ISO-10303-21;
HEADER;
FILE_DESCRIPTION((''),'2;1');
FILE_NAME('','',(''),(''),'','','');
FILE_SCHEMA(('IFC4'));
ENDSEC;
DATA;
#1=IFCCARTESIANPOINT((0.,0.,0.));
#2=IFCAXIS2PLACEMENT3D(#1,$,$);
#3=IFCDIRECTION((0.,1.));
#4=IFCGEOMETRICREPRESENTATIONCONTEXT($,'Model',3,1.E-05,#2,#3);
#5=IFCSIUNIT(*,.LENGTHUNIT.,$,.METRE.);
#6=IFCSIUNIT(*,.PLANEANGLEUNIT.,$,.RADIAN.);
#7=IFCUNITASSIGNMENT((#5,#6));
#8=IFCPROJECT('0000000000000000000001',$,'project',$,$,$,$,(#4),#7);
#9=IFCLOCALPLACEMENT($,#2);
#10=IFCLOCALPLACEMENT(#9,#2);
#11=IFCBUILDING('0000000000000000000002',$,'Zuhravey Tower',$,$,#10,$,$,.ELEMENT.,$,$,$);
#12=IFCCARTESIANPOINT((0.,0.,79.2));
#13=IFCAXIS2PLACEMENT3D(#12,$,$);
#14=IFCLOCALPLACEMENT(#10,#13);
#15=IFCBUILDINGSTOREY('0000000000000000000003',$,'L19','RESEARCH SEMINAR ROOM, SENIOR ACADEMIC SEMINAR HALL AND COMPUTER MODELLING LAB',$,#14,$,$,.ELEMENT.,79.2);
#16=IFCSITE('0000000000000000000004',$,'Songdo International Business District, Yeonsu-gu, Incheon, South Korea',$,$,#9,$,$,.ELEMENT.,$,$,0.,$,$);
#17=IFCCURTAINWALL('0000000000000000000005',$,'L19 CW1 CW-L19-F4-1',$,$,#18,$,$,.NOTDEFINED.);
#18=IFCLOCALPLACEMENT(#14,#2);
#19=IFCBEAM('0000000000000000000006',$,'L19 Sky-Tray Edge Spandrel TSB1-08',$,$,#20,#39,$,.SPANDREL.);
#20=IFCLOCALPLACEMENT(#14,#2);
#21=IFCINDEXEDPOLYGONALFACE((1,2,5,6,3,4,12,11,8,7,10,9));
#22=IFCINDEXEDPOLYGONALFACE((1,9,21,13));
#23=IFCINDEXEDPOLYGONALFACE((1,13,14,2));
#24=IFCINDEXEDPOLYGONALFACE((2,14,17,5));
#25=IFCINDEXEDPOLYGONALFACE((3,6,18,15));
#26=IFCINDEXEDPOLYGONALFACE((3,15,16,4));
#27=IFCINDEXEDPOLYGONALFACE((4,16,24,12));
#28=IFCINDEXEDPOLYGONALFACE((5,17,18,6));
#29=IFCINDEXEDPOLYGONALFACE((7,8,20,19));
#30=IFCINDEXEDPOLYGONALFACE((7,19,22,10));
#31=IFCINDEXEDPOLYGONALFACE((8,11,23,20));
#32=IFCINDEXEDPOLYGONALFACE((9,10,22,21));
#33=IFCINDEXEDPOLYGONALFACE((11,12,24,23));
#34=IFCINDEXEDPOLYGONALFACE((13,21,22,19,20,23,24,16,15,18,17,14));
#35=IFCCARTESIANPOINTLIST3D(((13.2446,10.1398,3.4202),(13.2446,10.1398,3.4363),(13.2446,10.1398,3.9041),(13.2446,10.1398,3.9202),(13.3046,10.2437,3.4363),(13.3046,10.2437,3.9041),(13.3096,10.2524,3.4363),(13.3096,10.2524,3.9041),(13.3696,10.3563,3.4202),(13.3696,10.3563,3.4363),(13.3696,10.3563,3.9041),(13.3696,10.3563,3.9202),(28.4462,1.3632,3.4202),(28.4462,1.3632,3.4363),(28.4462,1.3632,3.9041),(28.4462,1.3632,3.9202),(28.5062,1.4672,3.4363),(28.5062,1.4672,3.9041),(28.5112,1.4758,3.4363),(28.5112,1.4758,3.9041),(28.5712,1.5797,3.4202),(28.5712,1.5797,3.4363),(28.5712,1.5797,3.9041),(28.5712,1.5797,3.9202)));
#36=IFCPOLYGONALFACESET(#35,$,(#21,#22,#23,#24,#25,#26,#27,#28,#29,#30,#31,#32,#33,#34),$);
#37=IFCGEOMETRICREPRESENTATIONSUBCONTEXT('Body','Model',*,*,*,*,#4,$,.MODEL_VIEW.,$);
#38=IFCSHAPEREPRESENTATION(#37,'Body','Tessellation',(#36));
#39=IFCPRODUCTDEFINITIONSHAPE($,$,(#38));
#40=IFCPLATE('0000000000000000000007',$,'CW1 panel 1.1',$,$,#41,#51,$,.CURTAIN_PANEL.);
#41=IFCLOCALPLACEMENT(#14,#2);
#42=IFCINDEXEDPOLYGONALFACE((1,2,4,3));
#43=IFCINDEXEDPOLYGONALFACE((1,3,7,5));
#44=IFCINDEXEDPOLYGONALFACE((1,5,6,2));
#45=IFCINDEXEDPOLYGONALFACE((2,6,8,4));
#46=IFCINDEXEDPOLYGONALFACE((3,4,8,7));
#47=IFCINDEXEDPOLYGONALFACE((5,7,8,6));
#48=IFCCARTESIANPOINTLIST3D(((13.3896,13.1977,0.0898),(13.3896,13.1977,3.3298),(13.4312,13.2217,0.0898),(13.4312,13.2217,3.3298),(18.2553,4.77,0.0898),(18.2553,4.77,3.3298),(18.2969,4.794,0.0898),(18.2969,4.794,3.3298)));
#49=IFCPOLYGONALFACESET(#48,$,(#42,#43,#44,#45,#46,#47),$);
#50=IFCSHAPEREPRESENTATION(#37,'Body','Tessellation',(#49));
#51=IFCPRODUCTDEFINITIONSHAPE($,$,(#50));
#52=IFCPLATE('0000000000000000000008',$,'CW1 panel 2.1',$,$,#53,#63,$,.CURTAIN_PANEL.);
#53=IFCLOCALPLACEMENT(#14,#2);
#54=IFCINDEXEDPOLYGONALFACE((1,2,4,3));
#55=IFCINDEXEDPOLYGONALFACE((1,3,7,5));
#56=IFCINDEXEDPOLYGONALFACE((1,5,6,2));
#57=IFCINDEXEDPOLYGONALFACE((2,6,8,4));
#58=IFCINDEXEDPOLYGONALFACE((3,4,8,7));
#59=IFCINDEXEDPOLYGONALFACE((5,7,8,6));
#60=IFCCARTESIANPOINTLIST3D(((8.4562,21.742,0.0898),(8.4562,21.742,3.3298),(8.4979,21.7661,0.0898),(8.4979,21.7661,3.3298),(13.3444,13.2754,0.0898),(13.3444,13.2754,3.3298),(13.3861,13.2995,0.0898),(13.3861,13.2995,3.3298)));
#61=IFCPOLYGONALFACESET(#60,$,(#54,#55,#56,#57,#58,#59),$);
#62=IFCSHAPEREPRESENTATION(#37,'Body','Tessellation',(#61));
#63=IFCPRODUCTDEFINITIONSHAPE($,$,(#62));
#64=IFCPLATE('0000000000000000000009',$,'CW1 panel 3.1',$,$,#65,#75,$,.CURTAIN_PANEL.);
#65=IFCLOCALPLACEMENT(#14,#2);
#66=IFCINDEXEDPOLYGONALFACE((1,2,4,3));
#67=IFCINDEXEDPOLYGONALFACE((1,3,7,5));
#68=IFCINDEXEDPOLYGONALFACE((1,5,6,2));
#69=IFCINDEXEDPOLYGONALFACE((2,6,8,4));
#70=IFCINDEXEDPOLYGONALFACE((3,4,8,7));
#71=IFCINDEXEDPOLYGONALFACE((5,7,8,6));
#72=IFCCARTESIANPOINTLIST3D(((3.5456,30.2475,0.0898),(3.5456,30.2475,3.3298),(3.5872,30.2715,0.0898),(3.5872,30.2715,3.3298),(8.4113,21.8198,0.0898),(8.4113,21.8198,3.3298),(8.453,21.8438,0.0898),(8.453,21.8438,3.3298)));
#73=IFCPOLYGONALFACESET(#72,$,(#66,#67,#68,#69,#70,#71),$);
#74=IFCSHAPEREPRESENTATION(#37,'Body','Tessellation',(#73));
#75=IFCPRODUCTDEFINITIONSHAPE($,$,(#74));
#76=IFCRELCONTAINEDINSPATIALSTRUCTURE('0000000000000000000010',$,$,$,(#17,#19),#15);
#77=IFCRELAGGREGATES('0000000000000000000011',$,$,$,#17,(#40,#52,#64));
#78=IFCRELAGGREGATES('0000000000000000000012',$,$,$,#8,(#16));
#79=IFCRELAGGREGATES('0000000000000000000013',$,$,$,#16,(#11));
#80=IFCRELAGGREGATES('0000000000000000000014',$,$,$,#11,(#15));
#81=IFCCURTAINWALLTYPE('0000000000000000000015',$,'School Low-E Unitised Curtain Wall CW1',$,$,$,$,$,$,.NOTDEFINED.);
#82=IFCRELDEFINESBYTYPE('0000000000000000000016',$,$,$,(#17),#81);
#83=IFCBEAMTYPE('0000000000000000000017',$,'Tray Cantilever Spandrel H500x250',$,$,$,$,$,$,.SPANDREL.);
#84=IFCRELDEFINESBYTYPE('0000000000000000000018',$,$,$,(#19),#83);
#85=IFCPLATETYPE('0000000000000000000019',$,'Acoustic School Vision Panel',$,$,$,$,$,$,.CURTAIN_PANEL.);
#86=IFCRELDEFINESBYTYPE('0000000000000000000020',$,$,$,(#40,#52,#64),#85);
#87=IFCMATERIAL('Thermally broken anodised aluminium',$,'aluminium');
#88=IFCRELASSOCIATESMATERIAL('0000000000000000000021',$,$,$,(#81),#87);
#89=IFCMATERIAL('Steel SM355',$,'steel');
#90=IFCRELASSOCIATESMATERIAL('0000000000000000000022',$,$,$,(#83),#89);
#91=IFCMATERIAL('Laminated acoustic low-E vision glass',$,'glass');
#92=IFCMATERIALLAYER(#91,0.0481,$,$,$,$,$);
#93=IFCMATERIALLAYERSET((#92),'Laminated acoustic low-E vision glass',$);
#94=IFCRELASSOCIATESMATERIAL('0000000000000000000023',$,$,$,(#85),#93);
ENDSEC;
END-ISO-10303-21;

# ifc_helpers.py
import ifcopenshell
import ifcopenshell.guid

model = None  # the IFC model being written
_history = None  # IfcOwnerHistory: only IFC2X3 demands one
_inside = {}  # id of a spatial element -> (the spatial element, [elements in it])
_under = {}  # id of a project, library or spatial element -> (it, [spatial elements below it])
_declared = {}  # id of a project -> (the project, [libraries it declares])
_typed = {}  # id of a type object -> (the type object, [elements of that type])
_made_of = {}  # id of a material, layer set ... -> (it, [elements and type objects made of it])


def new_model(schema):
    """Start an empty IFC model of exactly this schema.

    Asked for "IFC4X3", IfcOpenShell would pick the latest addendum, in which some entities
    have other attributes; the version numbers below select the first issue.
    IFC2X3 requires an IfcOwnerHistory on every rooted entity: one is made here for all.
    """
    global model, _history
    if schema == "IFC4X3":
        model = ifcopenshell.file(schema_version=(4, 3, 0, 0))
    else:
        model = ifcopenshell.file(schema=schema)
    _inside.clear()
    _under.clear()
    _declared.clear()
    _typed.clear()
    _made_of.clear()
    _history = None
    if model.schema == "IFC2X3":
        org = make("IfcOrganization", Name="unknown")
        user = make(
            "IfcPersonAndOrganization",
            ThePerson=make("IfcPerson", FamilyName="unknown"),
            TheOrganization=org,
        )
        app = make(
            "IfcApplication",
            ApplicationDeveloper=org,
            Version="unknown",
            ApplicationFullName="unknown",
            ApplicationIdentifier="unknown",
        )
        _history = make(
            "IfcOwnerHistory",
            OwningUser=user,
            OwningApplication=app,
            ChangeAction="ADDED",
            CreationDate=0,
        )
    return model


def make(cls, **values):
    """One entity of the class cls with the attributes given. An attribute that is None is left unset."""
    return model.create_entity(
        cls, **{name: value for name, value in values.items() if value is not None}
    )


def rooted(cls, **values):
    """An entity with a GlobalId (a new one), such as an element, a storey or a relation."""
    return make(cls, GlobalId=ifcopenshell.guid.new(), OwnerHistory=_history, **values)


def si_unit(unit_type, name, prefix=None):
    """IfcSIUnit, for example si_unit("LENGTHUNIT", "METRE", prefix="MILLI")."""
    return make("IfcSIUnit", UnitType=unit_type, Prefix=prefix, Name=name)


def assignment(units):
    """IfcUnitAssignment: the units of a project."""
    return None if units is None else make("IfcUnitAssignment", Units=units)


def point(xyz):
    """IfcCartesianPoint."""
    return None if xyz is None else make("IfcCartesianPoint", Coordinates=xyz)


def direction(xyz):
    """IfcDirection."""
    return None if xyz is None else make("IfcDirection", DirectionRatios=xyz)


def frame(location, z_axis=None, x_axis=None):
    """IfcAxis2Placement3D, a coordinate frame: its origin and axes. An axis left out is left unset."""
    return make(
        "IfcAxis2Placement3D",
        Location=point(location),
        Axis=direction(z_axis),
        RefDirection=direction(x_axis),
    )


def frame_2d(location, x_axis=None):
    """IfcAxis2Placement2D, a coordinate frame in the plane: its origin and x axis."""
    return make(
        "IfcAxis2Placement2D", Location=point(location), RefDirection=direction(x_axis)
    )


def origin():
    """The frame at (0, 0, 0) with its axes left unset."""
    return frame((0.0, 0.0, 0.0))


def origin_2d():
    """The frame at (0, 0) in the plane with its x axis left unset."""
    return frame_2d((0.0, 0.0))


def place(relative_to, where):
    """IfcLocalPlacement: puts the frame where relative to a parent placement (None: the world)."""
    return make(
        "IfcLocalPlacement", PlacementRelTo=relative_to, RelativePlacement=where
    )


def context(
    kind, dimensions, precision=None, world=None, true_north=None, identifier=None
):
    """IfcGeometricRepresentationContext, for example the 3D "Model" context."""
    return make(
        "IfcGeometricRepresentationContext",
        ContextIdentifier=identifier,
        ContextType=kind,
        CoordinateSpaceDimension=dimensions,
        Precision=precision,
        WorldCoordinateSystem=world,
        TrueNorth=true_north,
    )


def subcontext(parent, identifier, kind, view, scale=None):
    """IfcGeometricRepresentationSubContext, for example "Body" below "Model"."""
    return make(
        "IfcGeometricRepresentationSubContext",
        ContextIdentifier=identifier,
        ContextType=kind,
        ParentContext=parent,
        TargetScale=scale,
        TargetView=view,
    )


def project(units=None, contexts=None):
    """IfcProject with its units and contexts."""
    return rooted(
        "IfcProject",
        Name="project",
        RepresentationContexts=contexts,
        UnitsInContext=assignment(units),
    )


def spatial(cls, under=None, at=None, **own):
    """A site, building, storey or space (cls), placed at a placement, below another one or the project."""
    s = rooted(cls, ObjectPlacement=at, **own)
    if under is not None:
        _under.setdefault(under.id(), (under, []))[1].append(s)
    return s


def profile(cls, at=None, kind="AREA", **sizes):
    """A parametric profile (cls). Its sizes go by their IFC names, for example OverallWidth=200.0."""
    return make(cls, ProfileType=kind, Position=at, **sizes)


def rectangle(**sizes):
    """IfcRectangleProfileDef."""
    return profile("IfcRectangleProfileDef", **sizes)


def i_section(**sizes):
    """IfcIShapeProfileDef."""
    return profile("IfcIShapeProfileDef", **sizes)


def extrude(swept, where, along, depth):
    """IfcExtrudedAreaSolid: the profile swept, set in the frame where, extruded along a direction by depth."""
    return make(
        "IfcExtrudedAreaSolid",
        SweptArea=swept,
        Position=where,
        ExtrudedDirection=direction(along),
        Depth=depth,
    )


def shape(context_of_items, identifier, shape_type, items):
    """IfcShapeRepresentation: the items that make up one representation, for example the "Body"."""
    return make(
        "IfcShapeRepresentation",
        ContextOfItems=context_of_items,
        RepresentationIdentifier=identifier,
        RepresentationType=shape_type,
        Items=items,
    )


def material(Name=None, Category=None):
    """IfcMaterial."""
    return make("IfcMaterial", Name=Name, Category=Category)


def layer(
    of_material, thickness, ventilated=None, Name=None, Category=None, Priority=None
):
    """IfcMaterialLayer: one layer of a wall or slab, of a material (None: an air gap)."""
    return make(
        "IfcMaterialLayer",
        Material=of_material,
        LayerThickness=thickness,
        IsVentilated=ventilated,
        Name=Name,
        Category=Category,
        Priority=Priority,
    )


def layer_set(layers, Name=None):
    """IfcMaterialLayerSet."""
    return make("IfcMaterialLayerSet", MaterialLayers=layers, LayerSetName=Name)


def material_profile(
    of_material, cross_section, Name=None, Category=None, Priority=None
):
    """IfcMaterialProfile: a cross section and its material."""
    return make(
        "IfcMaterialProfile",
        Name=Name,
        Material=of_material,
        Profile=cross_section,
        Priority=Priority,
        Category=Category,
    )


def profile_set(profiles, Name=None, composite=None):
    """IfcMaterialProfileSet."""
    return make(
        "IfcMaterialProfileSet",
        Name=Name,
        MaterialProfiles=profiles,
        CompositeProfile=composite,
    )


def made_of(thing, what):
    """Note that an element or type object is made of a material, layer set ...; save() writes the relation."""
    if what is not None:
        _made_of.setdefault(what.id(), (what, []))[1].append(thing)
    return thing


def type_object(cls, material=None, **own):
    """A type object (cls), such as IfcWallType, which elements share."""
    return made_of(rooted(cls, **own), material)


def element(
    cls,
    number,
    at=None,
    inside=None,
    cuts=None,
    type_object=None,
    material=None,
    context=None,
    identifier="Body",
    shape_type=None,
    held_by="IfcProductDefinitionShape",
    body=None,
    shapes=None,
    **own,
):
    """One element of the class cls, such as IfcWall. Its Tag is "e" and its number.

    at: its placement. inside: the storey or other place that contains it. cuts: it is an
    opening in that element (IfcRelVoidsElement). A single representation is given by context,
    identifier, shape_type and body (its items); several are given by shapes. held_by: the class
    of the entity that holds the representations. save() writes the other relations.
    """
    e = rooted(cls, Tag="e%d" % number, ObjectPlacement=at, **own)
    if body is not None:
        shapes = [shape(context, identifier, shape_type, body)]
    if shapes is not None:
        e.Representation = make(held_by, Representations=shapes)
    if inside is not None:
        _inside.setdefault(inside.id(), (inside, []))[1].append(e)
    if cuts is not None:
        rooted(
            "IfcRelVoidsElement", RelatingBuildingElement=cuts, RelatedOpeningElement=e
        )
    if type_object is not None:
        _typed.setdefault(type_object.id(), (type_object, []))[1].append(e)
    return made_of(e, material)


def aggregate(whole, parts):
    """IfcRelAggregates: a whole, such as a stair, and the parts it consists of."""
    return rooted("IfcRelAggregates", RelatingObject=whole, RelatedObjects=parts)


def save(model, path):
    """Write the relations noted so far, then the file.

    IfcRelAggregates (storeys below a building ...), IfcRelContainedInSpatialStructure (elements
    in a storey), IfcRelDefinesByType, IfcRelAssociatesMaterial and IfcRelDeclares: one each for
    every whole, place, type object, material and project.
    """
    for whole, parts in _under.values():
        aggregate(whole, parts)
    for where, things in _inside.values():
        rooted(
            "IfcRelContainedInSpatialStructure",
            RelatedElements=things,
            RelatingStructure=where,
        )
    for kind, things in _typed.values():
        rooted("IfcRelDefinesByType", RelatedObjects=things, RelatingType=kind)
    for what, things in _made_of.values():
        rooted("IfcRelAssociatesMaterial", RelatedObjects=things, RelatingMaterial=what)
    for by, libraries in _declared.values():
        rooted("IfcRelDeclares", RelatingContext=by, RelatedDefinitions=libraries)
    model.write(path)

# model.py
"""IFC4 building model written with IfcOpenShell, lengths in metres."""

from ifc_helpers import new_model, si_unit, direction, frame, origin, origin_2d, place, context, subcontext, project, spatial, rectangle, i_section, extrude, material, layer, layer_set, material_profile, profile_set, type_object, element, aggregate, save


model = new_model("IFC4")

# Units and contexts
model_context = context("Model", 3, precision=1e-05, world=origin(), true_north=direction((0.0, 1.0)))
body_context = subcontext(model_context, "Body", "Model", "MODEL_VIEW")
ifc_project = project(units=[si_unit("LENGTHUNIT", "METRE"), si_unit("PLANEANGLEUNIT", "RADIAN")], contexts=[model_context])

# Site, building, storey
site_placement = place(None, origin())
site = spatial("IfcSite", under=ifc_project, at=site_placement, Name="Songdo International Business District, Yeonsu-gu, Incheon, South Korea", CompositionType="ELEMENT", RefElevation=0.0)
building_placement = place(site_placement, origin())
building = spatial("IfcBuilding", under=site, at=building_placement, Name="Zuhravey Tower", CompositionType="ELEMENT")
storey_placement = place(building_placement, frame((0.0, 0.0, 79.2)))
storey = spatial("IfcBuildingStorey", under=building, at=storey_placement, Name="L19", Description="RESEARCH SEMINAR ROOM, SENIOR ACADEMIC SEMINAR HALL AND COMPUTER MODELLING LAB", CompositionType="ELEMENT", Elevation=79.2)

# Shared definitions
ifc_material_1 = material(Name="Thermally broken anodised aluminium", Category="aluminium")
curtain_wall_type = type_object("IfcCurtainWallType", Name="School Low-E Unitised Curtain Wall CW1", PredefinedType="NOTDEFINED", material=ifc_material_1)

# Curtain wall
curtain_wall_1_placement = place(storey_placement, origin())
curtain_wall_1 = element("IfcCurtainWall", 1, at=curtain_wall_1_placement, inside=storey, type_object=curtain_wall_type, Name="L19 CW1 CW-L19-F4-1", PredefinedType="NOTDEFINED")

# Beam
ifc_material_2 = material(Name="Steel SM355", Category="steel")
ifc_material_profile_1 = material_profile(ifc_material_2, i_section(OverallWidth=0.25, OverallDepth=0.5, WebThickness=0.01, FlangeThickness=0.0161, at=origin_2d()), Name="H-500x250x10x16")
ifc_profile_set_1 = profile_set([ifc_material_profile_1], Name="Steel SM355")
beam_type_1 = type_object("IfcBeamType", Name="Tray Cantilever Spandrel H500x250", PredefinedType="SPANDREL", material=ifc_profile_set_1)
beam_1_placement = place(storey_placement, frame((13.3071, 10.248, 3.6702), z_axis=(0.866027, -0.499997, 0.0), x_axis=(0.499997, 0.866027, 0.0)))
element("IfcBeam", 2, at=beam_1_placement, inside=storey, type_object=beam_type_1, Name="L19 Sky-Tray Edge Spandrel TSB1-08", PredefinedType="SPANDREL", context=body_context, shape_type="SweptSolid", body=[
    extrude(i_section(OverallWidth=0.25, OverallDepth=0.5, WebThickness=0.01, FlangeThickness=0.0161, at=origin_2d()), origin(), (0.0, 0.0, 1.0), 17.5532),
])

# Plates
ifc_material_3 = material(Name="Laminated acoustic low-E vision glass", Category="glass")
ifc_layer_1 = layer(ifc_material_3, 0.0481)
ifc_layer_set_1 = layer_set([ifc_layer_1], Name="Laminated acoustic low-E vision glass")
plate_type = type_object("IfcPlateType", Name="Acoustic School Vision Panel", PredefinedType="CURTAIN_PANEL", material=ifc_layer_set_1)
plate_1_placement = place(storey_placement, frame((15.8433, 8.9958, 0.0898), z_axis=(0.0, 0.0, 1.0), x_axis=(-0.5, 0.866026, 0.0)))
plate_1 = element("IfcPlate", 3, at=plate_1_placement, type_object=plate_type, Name="CW1 panel 1.1", PredefinedType="CURTAIN_PANEL", context=body_context, shape_type="SweptSolid", body=[
    extrude(rectangle(XDim=9.7314, YDim=0.0481, at=origin_2d()), origin(), (0.0, 0.0, 1.0), 3.24),
])
plate_2_placement = place(storey_placement, frame((10.9211, 17.5208, 0.0898), z_axis=(0.0, 0.0, 1.0), x_axis=(-0.5, 0.866026, 0.0)))
plate_2 = element("IfcPlate", 4, at=plate_2_placement, type_object=plate_type, Name="CW1 panel 2.1", PredefinedType="CURTAIN_PANEL", context=body_context, shape_type="SweptSolid", body=[
    extrude(rectangle(XDim=9.7764, YDim=0.0481, at=origin_2d()), origin(), (0.0, 0.0, 1.0), 3.24),
])
plate_3_placement = place(storey_placement, frame((5.9993, 26.0457, 0.0898), z_axis=(0.0, 0.0, 1.0), x_axis=(-0.5, 0.866026, 0.0)))
plate_3 = element("IfcPlate", 5, at=plate_3_placement, type_object=plate_type, Name="CW1 panel 3.1", PredefinedType="CURTAIN_PANEL", context=body_context, shape_type="SweptSolid", body=[
    extrude(rectangle(XDim=9.7314, YDim=0.0481, at=origin_2d()), origin(), (0.0, 0.0, 1.0), 3.24),
])
aggregate(curtain_wall_1, [plate_1, plate_2, plate_3])

save(model, "model.ifc")
